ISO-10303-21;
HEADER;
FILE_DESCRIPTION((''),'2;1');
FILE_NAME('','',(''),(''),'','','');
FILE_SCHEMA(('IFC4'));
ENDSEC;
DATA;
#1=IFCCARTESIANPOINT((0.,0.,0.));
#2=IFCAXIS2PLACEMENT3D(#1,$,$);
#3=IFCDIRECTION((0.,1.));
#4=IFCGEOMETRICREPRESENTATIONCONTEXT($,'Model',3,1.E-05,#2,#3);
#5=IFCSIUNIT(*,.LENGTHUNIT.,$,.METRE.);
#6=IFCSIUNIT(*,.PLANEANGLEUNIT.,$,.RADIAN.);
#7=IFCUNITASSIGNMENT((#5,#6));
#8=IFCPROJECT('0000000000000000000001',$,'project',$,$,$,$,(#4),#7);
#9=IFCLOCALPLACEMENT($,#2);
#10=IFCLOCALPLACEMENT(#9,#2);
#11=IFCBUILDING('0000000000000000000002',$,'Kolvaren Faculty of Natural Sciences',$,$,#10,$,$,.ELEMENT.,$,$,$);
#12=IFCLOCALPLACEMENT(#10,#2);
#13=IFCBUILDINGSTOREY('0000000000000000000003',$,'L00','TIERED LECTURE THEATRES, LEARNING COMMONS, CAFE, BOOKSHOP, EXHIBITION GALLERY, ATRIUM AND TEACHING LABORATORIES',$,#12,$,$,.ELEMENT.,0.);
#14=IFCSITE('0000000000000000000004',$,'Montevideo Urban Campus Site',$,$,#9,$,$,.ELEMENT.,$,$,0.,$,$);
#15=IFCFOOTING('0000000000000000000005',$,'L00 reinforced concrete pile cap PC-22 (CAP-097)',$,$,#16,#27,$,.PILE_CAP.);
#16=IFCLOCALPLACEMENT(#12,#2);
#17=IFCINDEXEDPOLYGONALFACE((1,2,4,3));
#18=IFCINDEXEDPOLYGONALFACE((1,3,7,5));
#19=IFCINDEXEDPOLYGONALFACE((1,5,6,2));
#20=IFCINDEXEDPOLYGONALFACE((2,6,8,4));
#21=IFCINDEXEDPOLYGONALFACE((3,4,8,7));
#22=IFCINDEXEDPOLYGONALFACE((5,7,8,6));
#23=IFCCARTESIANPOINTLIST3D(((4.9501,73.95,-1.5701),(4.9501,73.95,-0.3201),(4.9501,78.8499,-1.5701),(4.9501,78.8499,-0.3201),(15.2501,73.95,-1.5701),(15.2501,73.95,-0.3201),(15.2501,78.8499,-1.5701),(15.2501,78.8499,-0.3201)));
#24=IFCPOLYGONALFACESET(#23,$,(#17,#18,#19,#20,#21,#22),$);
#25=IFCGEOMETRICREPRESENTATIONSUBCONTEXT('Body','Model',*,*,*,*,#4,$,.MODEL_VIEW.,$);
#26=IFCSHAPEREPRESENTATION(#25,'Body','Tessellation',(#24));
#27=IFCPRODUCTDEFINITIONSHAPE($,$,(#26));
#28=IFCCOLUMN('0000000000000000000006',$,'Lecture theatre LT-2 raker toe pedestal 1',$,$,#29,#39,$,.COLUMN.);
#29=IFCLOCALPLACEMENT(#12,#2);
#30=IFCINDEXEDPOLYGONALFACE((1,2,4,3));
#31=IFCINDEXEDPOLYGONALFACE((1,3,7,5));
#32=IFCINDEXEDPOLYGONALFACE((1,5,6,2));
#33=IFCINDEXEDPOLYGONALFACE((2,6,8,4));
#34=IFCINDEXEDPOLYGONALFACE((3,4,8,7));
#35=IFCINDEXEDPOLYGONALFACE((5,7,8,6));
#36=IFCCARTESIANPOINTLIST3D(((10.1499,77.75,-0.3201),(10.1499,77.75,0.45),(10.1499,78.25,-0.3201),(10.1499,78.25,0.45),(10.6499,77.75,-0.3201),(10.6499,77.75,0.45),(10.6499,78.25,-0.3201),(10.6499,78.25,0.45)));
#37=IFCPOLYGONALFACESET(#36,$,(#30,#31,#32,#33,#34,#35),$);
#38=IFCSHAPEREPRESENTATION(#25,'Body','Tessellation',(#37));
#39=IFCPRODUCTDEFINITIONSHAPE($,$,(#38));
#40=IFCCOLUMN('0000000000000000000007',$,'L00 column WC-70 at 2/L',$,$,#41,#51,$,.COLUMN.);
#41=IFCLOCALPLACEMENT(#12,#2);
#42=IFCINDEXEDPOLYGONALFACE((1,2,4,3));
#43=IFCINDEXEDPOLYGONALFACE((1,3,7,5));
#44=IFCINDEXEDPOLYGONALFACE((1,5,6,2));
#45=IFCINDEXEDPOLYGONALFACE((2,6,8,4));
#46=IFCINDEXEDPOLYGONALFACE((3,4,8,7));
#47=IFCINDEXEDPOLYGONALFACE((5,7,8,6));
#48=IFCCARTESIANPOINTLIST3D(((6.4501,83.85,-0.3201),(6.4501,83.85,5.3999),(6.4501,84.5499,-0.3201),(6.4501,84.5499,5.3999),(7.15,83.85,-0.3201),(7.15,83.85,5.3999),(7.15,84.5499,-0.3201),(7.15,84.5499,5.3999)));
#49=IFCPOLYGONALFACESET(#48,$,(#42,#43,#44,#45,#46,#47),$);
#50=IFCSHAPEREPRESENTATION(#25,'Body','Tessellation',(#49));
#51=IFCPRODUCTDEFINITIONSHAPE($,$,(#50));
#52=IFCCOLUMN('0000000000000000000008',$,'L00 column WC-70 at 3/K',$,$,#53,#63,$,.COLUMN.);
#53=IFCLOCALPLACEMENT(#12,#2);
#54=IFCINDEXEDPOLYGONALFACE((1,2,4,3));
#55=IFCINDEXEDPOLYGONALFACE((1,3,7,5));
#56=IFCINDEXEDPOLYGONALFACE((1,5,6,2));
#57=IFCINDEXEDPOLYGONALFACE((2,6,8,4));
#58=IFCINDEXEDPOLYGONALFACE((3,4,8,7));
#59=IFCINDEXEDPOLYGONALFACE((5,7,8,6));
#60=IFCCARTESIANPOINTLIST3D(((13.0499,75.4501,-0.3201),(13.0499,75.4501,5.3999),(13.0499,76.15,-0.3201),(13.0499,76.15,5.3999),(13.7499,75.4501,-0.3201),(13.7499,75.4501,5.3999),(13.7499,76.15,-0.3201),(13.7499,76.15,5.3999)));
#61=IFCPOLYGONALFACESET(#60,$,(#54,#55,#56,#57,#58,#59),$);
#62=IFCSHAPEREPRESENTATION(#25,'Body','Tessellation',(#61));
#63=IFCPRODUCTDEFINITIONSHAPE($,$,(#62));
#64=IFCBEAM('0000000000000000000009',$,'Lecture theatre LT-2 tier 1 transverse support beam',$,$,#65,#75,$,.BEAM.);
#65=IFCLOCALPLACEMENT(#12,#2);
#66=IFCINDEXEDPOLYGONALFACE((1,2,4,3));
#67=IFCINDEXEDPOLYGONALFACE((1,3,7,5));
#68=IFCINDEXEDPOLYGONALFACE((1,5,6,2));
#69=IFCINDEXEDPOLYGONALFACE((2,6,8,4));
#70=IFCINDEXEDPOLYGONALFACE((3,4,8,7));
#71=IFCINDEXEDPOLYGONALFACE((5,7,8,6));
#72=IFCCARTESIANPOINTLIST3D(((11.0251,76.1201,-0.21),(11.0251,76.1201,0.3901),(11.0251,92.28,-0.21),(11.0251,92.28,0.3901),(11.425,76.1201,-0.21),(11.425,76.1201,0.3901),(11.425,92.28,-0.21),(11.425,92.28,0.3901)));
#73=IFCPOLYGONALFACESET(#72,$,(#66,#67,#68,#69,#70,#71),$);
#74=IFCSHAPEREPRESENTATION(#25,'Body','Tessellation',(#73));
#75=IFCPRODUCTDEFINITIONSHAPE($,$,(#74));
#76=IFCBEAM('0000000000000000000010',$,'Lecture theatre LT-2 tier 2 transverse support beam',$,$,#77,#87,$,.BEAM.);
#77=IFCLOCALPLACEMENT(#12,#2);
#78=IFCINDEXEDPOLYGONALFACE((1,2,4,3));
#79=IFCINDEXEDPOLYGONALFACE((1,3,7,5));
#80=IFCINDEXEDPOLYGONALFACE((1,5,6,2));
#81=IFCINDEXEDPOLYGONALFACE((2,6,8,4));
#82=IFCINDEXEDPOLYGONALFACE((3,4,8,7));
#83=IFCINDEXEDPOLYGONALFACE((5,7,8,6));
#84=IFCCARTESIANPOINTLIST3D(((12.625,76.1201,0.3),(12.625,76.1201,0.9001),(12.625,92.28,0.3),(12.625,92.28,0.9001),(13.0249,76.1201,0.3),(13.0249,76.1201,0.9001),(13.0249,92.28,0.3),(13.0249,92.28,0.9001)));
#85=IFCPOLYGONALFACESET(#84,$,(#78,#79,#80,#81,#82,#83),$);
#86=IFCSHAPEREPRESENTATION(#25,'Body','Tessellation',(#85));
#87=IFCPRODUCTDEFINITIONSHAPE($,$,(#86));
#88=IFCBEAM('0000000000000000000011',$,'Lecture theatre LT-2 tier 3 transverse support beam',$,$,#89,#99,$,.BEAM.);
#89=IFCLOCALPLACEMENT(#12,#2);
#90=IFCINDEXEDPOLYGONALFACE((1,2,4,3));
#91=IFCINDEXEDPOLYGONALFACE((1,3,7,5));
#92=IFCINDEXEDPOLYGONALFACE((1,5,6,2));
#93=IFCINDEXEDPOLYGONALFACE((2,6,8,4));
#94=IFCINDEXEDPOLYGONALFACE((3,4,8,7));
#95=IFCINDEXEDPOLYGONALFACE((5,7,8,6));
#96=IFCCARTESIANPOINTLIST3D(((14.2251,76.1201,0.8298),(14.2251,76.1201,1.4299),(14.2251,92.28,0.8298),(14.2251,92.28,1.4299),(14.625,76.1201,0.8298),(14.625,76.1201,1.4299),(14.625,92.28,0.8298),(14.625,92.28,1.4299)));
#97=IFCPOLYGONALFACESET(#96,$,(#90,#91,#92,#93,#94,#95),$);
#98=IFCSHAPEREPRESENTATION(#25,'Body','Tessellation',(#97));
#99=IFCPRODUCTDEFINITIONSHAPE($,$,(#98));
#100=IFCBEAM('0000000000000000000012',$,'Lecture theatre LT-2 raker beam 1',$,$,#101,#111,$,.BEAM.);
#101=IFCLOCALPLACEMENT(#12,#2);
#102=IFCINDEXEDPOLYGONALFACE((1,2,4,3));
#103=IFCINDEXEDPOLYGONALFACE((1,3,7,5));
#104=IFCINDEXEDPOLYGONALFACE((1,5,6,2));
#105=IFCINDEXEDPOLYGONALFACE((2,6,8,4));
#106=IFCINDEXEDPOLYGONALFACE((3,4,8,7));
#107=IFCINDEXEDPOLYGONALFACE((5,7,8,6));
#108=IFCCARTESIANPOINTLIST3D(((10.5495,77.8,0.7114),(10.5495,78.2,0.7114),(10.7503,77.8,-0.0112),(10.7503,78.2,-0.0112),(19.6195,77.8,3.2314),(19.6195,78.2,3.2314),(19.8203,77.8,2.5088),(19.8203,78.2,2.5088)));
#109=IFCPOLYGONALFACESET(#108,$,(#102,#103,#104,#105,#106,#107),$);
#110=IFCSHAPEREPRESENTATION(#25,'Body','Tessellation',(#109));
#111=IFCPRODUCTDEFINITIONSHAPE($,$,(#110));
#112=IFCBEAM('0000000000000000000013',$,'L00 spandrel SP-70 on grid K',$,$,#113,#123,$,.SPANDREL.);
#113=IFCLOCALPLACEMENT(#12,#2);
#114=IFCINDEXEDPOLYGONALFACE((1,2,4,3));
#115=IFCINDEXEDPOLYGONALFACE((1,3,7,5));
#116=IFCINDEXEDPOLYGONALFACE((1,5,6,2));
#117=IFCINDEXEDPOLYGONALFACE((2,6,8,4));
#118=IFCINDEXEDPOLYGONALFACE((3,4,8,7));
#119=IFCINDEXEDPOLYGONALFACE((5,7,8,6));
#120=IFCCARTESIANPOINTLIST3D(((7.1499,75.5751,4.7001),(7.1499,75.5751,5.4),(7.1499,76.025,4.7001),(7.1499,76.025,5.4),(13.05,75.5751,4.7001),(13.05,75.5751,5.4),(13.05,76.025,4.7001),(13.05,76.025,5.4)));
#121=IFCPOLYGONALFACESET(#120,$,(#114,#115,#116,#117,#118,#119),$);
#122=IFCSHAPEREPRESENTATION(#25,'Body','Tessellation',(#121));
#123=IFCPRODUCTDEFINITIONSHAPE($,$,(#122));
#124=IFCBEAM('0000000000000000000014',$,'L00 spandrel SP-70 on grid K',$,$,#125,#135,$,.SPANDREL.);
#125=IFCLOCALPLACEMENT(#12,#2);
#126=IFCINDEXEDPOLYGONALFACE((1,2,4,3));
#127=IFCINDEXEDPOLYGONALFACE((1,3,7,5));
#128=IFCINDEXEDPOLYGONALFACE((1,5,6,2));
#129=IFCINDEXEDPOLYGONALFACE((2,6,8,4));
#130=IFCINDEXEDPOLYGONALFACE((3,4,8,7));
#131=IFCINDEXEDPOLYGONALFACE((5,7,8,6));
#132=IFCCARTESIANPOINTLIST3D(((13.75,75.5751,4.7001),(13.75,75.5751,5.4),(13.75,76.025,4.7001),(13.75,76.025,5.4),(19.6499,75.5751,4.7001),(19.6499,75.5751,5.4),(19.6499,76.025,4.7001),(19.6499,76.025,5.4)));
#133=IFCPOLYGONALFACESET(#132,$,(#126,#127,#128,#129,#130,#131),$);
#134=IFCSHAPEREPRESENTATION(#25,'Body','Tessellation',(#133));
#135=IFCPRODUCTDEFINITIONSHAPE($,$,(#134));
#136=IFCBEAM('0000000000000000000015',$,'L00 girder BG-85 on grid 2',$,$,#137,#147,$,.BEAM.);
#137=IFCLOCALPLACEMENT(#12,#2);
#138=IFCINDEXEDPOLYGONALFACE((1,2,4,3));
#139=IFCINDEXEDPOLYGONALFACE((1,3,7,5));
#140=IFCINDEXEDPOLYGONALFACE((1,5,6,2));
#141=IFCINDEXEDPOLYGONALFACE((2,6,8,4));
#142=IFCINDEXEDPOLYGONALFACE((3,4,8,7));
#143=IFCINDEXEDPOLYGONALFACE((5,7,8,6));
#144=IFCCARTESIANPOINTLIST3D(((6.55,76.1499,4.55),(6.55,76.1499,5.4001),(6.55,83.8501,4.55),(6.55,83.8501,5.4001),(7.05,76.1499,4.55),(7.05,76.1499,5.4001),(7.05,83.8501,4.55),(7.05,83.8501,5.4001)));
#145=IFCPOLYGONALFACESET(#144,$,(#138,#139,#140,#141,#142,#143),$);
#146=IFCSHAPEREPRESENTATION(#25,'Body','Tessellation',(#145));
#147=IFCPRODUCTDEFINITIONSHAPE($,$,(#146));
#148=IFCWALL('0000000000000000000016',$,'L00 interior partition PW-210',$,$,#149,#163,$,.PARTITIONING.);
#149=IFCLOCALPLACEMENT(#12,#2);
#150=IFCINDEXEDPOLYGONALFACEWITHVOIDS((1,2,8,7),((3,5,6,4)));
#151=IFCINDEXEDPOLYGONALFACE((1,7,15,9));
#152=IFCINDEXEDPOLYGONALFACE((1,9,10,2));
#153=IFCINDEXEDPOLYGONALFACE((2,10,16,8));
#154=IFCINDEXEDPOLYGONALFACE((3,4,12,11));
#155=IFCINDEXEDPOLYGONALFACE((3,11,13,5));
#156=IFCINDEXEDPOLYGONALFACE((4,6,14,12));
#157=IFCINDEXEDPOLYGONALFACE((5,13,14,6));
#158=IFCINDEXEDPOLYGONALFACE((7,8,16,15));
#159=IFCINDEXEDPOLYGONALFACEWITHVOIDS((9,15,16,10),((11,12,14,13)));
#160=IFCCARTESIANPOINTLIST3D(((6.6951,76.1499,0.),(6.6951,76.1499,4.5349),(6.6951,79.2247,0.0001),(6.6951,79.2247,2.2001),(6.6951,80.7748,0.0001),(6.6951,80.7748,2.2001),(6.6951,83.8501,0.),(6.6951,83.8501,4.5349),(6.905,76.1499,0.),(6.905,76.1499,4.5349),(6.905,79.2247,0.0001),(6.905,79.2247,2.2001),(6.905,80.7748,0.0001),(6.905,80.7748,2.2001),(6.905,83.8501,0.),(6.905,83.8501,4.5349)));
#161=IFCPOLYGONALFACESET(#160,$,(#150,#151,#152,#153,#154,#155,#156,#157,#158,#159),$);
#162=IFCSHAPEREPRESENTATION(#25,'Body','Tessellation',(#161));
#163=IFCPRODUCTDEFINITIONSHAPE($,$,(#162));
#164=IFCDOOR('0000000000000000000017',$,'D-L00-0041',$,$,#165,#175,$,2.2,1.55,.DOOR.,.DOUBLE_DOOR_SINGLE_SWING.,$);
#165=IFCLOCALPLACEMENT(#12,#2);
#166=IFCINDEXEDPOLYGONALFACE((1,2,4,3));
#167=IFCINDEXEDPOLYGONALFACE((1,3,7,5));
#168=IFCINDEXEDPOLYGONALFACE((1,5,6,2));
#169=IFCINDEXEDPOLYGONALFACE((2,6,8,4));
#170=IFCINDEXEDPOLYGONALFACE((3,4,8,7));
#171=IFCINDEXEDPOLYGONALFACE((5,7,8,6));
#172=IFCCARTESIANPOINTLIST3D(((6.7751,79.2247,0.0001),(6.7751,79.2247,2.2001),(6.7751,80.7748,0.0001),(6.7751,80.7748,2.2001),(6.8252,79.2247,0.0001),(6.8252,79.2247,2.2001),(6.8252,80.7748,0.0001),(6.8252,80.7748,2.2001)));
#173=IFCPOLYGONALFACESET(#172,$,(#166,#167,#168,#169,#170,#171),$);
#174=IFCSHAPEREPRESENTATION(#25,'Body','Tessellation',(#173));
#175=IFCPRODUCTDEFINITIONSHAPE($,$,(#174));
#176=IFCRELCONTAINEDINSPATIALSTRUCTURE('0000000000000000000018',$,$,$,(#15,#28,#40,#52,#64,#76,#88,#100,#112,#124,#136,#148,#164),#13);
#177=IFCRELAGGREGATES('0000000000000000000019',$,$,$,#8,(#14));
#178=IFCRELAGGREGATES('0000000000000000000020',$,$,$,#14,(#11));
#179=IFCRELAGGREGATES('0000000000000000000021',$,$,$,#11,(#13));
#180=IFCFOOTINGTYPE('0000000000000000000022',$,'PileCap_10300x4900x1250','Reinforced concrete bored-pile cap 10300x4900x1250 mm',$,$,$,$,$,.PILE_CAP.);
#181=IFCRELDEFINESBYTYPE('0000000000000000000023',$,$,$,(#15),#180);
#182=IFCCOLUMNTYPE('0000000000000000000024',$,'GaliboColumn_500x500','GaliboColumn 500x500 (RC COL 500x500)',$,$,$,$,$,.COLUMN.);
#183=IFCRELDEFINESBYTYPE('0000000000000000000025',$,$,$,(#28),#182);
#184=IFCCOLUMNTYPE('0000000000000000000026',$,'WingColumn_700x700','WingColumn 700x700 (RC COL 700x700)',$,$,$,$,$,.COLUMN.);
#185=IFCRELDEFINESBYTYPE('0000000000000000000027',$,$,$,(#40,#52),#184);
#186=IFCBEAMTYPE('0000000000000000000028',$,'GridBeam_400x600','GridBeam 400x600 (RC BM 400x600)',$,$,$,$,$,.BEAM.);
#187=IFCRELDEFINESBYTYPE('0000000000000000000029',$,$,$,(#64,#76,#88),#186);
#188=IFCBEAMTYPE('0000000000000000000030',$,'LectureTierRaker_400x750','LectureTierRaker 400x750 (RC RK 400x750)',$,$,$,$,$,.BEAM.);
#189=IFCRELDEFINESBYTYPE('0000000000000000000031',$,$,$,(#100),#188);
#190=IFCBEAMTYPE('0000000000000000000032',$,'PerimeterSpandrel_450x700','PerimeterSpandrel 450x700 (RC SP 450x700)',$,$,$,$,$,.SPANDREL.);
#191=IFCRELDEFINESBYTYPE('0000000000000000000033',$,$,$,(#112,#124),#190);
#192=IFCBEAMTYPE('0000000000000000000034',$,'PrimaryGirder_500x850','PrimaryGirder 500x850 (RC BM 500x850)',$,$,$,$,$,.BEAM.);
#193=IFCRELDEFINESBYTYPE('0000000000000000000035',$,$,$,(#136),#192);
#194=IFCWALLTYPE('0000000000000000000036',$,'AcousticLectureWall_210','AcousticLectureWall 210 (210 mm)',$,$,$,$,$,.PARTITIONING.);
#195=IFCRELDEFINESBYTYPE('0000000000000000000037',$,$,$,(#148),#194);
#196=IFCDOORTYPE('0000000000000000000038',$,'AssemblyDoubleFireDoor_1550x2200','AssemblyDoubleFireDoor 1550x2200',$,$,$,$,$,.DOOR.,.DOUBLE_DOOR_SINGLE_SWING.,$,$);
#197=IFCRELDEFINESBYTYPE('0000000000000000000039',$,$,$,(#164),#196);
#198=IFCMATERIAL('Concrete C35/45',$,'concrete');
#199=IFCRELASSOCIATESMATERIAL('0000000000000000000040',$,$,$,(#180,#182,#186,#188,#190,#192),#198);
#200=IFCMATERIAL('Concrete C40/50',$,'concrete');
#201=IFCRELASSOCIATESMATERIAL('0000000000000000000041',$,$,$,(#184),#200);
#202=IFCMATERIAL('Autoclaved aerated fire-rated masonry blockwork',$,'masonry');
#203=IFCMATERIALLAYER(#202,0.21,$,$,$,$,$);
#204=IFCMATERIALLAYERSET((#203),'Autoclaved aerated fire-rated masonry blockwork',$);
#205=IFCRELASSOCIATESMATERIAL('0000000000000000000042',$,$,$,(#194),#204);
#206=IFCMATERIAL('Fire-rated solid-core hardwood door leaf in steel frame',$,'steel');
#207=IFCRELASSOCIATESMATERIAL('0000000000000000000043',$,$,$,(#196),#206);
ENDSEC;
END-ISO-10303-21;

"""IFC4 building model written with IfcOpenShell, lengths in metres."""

from ifc_helpers import new_model, si_unit, direction, frame, frame_2d, origin, origin_2d, place, context, subcontext, project, spatial, rectangle, extrude, material, layer, layer_set, material_profile, profile_set, type_object, element, fill, save


model = new_model("IFC4")

# Units and contexts
model_context = context("Model", 3, precision=1e-05, world=origin(), true_north=direction((0.0, 1.0)))
body_context = subcontext(model_context, "Body", "Model", "MODEL_VIEW")
ifc_project = project(units=[si_unit("LENGTHUNIT", "METRE"), si_unit("PLANEANGLEUNIT", "RADIAN")], contexts=[model_context])

# Site, building, storey
site_placement = place(None, origin())
site = spatial("IfcSite", under=ifc_project, at=site_placement, Name="Montevideo Urban Campus Site", CompositionType="ELEMENT", RefElevation=0.0)
building_placement = place(site_placement, origin())
building = spatial("IfcBuilding", under=site, at=building_placement, Name="Kolvaren Faculty of Natural Sciences", CompositionType="ELEMENT")
storey_placement = place(building_placement, origin())
storey = spatial("IfcBuildingStorey", under=building, at=storey_placement, Name="L00", Description="TIERED LECTURE THEATRES, LEARNING COMMONS, CAFE, BOOKSHOP, EXHIBITION GALLERY, ATRIUM AND TEACHING LABORATORIES", CompositionType="ELEMENT", Elevation=0.0)

# Shared definitions
ifc_material_1 = material(Name="Concrete C35/45", Category="concrete")

# Footing
footing_type_1 = type_object("IfcFootingType", Name="PileCap_10300x4900x1250", Description="Reinforced concrete bored-pile cap 10300x4900x1250 mm", PredefinedType="PILE_CAP", material=ifc_material_1)
footing_1_placement = place(storey_placement, frame((10.1001, 76.3999, -1.5701), z_axis=(0.0, 0.0, 1.0), x_axis=(1.0, 0.0, 0.0)))
element("IfcFooting", 1, at=footing_1_placement, inside=storey, type_object=footing_type_1, Name="L00 reinforced concrete pile cap PC-22 (CAP-097)", PredefinedType="PILE_CAP", context=body_context, shape_type="SweptSolid", body=[
    extrude(rectangle(XDim=10.3, YDim=4.8999, at=origin_2d()), origin(), (0.0, 0.0, 1.0), 1.25),
])

# Columns
ifc_material_profile_1 = material_profile(ifc_material_1, rectangle(XDim=0.5, YDim=0.5, at=origin_2d()), Name="RC COL 500x500")
ifc_profile_set_1 = profile_set([ifc_material_profile_1], Name="Concrete C35/45")
column_type_1 = type_object("IfcColumnType", Name="GaliboColumn_500x500", Description="GaliboColumn 500x500 (RC COL 500x500)", PredefinedType="COLUMN", material=ifc_profile_set_1)
column_placement = place(storey_placement, frame((10.3999, 78.0, -0.3201), z_axis=(0.0, 0.0, 1.0), x_axis=(1.0, 0.0, 0.0)))
element("IfcColumn", 2, at=column_placement, inside=storey, type_object=column_type_1, Name="Lecture theatre LT-2 raker toe pedestal 1", PredefinedType="COLUMN", context=body_context, shape_type="SweptSolid", body=[
    extrude(rectangle(XDim=0.5, YDim=0.5, at=origin_2d()), origin(), (0.0, 0.0, 1.0), 0.77),
])
ifc_material_2 = material(Name="Concrete C40/50", Category="concrete")
ifc_material_profile_2 = material_profile(ifc_material_2, rectangle(XDim=0.7, YDim=0.7, at=origin_2d()), Name="RC COL 700x700")
ifc_profile_set_2 = profile_set([ifc_material_profile_2], Name="Concrete C40/50")
column_type_2 = type_object("IfcColumnType", Name="WingColumn_700x700", Description="WingColumn 700x700 (RC COL 700x700)", PredefinedType="COLUMN", material=ifc_profile_set_2)
for number, where, z_axis, x_axis, name in (
    (3, (6.8, 84.2, -0.3201), (0.0, 0.0, 1.0), (1.0, 0.0, 0.0), "L00 column WC-70 at 2/L"),
    (4, (13.3999, 75.8, -0.3201), (0.0, 0.0, 1.0), (1.0, 0.0, 0.0), "L00 column WC-70 at 3/K"),
):
    element("IfcColumn", number, at=place(storey_placement, frame(where, z_axis=z_axis, x_axis=x_axis)), inside=storey, type_object=column_type_2, Name=name, PredefinedType="COLUMN", context=body_context, shape_type="SweptSolid", body=[
        extrude(rectangle(XDim=0.7, YDim=0.7, at=origin_2d()), origin(), (0.0, 0.0, 1.0), 5.72),
    ])

# Beams
ifc_material_profile_3 = material_profile(ifc_material_1, rectangle(XDim=0.3999, YDim=0.6001, at=origin_2d()), Name="RC BM 400x600")
ifc_profile_set_3 = profile_set([ifc_material_profile_3], Name="Concrete C35/45")
beam_type_1 = type_object("IfcBeamType", Name="GridBeam_400x600", Description="GridBeam 400x600 (RC BM 400x600)", PredefinedType="BEAM", material=ifc_profile_set_3)
for number, where, z_axis, x_axis, name in (
    (5, (11.2251, 76.1201, 0.0901), (0.0, 1.0, 0.0), (-1.0, 0.0, 0.0), "Lecture theatre LT-2 tier 1 transverse support beam"),
    (6, (12.825, 76.1201, 0.6001), (0.0, 1.0, 0.0), (-1.0, 0.0, 0.0), "Lecture theatre LT-2 tier 2 transverse support beam"),
    (7, (14.425, 76.1201, 1.1299), (0.0, 1.0, 0.0), (-1.0, 0.0, 0.0), "Lecture theatre LT-2 tier 3 transverse support beam"),
):
    element("IfcBeam", number, at=place(storey_placement, frame(where, z_axis=z_axis, x_axis=x_axis)), inside=storey, type_object=beam_type_1, Name=name, PredefinedType="BEAM", context=body_context, shape_type="SweptSolid", body=[
        extrude(rectangle(XDim=0.3999, YDim=0.6001, at=origin_2d()), origin(), (0.0, 0.0, 1.0), 16.1599),
    ])
ifc_material_profile_4 = material_profile(ifc_material_1, rectangle(XDim=0.3999, YDim=0.75, at=origin_2d()), Name="RC RK 400x750")
ifc_profile_set_4 = profile_set([ifc_material_profile_4], Name="Concrete C35/45")
beam_type_2 = type_object("IfcBeamType", Name="LectureTierRaker_400x750", Description="LectureTierRaker 400x750 (RC RK 400x750)", PredefinedType="BEAM", material=ifc_profile_set_4)
beam_1_placement = place(storey_placement, frame((10.6499, 78.0, 0.3501), z_axis=(0.963503, 0.0, 0.267699), x_axis=(0.0, 1.0, 0.0)))
element("IfcBeam", 8, at=beam_1_placement, inside=storey, type_object=beam_type_2, Name="Lecture theatre LT-2 raker beam 1", PredefinedType="BEAM", context=body_context, shape_type="SweptSolid", body=[
    extrude(rectangle(XDim=0.3999, YDim=0.75, at=origin_2d()), origin(), (0.0, 0.0, 1.0), 9.4136),
])
ifc_material_profile_5 = material_profile(ifc_material_1, rectangle(XDim=0.45, YDim=0.7, at=origin_2d()), Name="RC SP 450x700")
ifc_profile_set_5 = profile_set([ifc_material_profile_5], Name="Concrete C35/45")
beam_type_3 = type_object("IfcBeamType", Name="PerimeterSpandrel_450x700", Description="PerimeterSpandrel 450x700 (RC SP 450x700)", PredefinedType="SPANDREL", material=ifc_profile_set_5)
beam_2_placement = place(storey_placement, frame((7.1499, 75.8, 5.05), z_axis=(1.0, 0.0, 0.0), x_axis=(0.0, 1.0, 0.0)))
element("IfcBeam", 9, at=beam_2_placement, inside=storey, type_object=beam_type_3, Name="L00 spandrel SP-70 on grid K", PredefinedType="SPANDREL", context=body_context, shape_type="SweptSolid", body=[
    extrude(rectangle(XDim=0.45, YDim=0.7, at=origin_2d()), origin(), (0.0, 0.0, 1.0), 5.9001),
])
beam_3_placement = place(storey_placement, frame((13.75, 75.8, 5.05), z_axis=(1.0, 0.0, 0.0), x_axis=(0.0, 1.0, 0.0)))
element("IfcBeam", 10, at=beam_3_placement, inside=storey, type_object=beam_type_3, Name="L00 spandrel SP-70 on grid K", PredefinedType="SPANDREL", context=body_context, shape_type="SweptSolid", body=[
    extrude(rectangle(XDim=0.45, YDim=0.7, at=origin_2d()), origin(), (0.0, 0.0, 1.0), 5.8999),
])
ifc_material_profile_6 = material_profile(ifc_material_1, rectangle(XDim=0.5, YDim=0.8501, at=origin_2d()), Name="RC BM 500x850")
ifc_profile_set_6 = profile_set([ifc_material_profile_6], Name="Concrete C35/45")
beam_type_4 = type_object("IfcBeamType", Name="PrimaryGirder_500x850", Description="PrimaryGirder 500x850 (RC BM 500x850)", PredefinedType="BEAM", material=ifc_profile_set_6)
beam_4_placement = place(storey_placement, frame((6.8, 76.1499, 4.9751), z_axis=(0.0, 1.0, 0.0), x_axis=(-1.0, 0.0, 0.0)))
element("IfcBeam", 11, at=beam_4_placement, inside=storey, type_object=beam_type_4, Name="L00 girder BG-85 on grid 2", PredefinedType="BEAM", context=body_context, shape_type="SweptSolid", body=[
    extrude(rectangle(XDim=0.5, YDim=0.8501, at=origin_2d()), origin(), (0.0, 0.0, 1.0), 7.7002),
])

# Wall, opening, door
ifc_material_3 = material(Name="Autoclaved aerated fire-rated masonry blockwork", Category="masonry")
ifc_layer_1 = layer(ifc_material_3, 0.21)
ifc_layer_set_1 = layer_set([ifc_layer_1], Name="Autoclaved aerated fire-rated masonry blockwork")
wall_type_1 = type_object("IfcWallType", Name="AcousticLectureWall_210", Description="AcousticLectureWall 210 (210 mm)", PredefinedType="PARTITIONING", material=ifc_layer_set_1)
wall_1_placement = place(storey_placement, frame((6.8, 76.1499, 0.0), z_axis=(0.0, 0.0, 1.0), x_axis=(0.0, 1.0, 0.0)))
wall_1 = element("IfcWall", 12, at=wall_1_placement, inside=storey, type_object=wall_type_1, Name="L00 interior partition PW-210", PredefinedType="PARTITIONING", context=body_context, shape_type="SweptSolid", body=[
    extrude(rectangle(XDim=7.7002, YDim=0.21, at=frame_2d((3.8501, 0.0))), origin(), (0.0, 0.0, 1.0), 4.5349),
])
opening_1_placement = place(wall_1_placement, frame((3.075, 0.0, 0.0)))
opening_1 = element("IfcOpeningElement", 13, at=opening_1_placement, cuts=wall_1, PredefinedType="OPENING", context=body_context, shape_type="SweptSolid", body=[
    extrude(rectangle(XDim=1.55, YDim=2.2, at=frame_2d((0.7749, 1.1001))), frame((0.0, 0.115, 0.0), z_axis=(0.0, -1.0, 0.0), x_axis=(1.0, 0.0, 0.0)), (0.0, 0.0, 1.0), 0.23),
])
ifc_material_4 = material(Name="Fire-rated solid-core hardwood door leaf in steel frame", Category="steel")
door_type = type_object("IfcDoorType", Name="AssemblyDoubleFireDoor_1550x2200", Description="AssemblyDoubleFireDoor 1550x2200", OperationType="DOUBLE_DOOR_SINGLE_SWING", PredefinedType="DOOR", material=ifc_material_4)
door_placement = place(opening_1_placement, origin())
door = element("IfcDoor", 14, at=door_placement, inside=storey, type_object=door_type, Name="D-L00-0041", OperationType="DOUBLE_DOOR_SINGLE_SWING", OverallHeight=2.2, OverallWidth=1.55, PredefinedType="DOOR", context=body_context, shape_type="SweptSolid", body=[
    extrude(rectangle(XDim=1.55, YDim=2.2, at=frame_2d((0.7749, 1.1001))), frame((0.0, 0.0249, 0.0), z_axis=(0.0, -1.0, 0.0), x_axis=(1.0, 0.0, 0.0)), (0.0, 0.0, 1.0), 0.05),
])
fill(opening_1, door)

save(model, "model.ifc")
